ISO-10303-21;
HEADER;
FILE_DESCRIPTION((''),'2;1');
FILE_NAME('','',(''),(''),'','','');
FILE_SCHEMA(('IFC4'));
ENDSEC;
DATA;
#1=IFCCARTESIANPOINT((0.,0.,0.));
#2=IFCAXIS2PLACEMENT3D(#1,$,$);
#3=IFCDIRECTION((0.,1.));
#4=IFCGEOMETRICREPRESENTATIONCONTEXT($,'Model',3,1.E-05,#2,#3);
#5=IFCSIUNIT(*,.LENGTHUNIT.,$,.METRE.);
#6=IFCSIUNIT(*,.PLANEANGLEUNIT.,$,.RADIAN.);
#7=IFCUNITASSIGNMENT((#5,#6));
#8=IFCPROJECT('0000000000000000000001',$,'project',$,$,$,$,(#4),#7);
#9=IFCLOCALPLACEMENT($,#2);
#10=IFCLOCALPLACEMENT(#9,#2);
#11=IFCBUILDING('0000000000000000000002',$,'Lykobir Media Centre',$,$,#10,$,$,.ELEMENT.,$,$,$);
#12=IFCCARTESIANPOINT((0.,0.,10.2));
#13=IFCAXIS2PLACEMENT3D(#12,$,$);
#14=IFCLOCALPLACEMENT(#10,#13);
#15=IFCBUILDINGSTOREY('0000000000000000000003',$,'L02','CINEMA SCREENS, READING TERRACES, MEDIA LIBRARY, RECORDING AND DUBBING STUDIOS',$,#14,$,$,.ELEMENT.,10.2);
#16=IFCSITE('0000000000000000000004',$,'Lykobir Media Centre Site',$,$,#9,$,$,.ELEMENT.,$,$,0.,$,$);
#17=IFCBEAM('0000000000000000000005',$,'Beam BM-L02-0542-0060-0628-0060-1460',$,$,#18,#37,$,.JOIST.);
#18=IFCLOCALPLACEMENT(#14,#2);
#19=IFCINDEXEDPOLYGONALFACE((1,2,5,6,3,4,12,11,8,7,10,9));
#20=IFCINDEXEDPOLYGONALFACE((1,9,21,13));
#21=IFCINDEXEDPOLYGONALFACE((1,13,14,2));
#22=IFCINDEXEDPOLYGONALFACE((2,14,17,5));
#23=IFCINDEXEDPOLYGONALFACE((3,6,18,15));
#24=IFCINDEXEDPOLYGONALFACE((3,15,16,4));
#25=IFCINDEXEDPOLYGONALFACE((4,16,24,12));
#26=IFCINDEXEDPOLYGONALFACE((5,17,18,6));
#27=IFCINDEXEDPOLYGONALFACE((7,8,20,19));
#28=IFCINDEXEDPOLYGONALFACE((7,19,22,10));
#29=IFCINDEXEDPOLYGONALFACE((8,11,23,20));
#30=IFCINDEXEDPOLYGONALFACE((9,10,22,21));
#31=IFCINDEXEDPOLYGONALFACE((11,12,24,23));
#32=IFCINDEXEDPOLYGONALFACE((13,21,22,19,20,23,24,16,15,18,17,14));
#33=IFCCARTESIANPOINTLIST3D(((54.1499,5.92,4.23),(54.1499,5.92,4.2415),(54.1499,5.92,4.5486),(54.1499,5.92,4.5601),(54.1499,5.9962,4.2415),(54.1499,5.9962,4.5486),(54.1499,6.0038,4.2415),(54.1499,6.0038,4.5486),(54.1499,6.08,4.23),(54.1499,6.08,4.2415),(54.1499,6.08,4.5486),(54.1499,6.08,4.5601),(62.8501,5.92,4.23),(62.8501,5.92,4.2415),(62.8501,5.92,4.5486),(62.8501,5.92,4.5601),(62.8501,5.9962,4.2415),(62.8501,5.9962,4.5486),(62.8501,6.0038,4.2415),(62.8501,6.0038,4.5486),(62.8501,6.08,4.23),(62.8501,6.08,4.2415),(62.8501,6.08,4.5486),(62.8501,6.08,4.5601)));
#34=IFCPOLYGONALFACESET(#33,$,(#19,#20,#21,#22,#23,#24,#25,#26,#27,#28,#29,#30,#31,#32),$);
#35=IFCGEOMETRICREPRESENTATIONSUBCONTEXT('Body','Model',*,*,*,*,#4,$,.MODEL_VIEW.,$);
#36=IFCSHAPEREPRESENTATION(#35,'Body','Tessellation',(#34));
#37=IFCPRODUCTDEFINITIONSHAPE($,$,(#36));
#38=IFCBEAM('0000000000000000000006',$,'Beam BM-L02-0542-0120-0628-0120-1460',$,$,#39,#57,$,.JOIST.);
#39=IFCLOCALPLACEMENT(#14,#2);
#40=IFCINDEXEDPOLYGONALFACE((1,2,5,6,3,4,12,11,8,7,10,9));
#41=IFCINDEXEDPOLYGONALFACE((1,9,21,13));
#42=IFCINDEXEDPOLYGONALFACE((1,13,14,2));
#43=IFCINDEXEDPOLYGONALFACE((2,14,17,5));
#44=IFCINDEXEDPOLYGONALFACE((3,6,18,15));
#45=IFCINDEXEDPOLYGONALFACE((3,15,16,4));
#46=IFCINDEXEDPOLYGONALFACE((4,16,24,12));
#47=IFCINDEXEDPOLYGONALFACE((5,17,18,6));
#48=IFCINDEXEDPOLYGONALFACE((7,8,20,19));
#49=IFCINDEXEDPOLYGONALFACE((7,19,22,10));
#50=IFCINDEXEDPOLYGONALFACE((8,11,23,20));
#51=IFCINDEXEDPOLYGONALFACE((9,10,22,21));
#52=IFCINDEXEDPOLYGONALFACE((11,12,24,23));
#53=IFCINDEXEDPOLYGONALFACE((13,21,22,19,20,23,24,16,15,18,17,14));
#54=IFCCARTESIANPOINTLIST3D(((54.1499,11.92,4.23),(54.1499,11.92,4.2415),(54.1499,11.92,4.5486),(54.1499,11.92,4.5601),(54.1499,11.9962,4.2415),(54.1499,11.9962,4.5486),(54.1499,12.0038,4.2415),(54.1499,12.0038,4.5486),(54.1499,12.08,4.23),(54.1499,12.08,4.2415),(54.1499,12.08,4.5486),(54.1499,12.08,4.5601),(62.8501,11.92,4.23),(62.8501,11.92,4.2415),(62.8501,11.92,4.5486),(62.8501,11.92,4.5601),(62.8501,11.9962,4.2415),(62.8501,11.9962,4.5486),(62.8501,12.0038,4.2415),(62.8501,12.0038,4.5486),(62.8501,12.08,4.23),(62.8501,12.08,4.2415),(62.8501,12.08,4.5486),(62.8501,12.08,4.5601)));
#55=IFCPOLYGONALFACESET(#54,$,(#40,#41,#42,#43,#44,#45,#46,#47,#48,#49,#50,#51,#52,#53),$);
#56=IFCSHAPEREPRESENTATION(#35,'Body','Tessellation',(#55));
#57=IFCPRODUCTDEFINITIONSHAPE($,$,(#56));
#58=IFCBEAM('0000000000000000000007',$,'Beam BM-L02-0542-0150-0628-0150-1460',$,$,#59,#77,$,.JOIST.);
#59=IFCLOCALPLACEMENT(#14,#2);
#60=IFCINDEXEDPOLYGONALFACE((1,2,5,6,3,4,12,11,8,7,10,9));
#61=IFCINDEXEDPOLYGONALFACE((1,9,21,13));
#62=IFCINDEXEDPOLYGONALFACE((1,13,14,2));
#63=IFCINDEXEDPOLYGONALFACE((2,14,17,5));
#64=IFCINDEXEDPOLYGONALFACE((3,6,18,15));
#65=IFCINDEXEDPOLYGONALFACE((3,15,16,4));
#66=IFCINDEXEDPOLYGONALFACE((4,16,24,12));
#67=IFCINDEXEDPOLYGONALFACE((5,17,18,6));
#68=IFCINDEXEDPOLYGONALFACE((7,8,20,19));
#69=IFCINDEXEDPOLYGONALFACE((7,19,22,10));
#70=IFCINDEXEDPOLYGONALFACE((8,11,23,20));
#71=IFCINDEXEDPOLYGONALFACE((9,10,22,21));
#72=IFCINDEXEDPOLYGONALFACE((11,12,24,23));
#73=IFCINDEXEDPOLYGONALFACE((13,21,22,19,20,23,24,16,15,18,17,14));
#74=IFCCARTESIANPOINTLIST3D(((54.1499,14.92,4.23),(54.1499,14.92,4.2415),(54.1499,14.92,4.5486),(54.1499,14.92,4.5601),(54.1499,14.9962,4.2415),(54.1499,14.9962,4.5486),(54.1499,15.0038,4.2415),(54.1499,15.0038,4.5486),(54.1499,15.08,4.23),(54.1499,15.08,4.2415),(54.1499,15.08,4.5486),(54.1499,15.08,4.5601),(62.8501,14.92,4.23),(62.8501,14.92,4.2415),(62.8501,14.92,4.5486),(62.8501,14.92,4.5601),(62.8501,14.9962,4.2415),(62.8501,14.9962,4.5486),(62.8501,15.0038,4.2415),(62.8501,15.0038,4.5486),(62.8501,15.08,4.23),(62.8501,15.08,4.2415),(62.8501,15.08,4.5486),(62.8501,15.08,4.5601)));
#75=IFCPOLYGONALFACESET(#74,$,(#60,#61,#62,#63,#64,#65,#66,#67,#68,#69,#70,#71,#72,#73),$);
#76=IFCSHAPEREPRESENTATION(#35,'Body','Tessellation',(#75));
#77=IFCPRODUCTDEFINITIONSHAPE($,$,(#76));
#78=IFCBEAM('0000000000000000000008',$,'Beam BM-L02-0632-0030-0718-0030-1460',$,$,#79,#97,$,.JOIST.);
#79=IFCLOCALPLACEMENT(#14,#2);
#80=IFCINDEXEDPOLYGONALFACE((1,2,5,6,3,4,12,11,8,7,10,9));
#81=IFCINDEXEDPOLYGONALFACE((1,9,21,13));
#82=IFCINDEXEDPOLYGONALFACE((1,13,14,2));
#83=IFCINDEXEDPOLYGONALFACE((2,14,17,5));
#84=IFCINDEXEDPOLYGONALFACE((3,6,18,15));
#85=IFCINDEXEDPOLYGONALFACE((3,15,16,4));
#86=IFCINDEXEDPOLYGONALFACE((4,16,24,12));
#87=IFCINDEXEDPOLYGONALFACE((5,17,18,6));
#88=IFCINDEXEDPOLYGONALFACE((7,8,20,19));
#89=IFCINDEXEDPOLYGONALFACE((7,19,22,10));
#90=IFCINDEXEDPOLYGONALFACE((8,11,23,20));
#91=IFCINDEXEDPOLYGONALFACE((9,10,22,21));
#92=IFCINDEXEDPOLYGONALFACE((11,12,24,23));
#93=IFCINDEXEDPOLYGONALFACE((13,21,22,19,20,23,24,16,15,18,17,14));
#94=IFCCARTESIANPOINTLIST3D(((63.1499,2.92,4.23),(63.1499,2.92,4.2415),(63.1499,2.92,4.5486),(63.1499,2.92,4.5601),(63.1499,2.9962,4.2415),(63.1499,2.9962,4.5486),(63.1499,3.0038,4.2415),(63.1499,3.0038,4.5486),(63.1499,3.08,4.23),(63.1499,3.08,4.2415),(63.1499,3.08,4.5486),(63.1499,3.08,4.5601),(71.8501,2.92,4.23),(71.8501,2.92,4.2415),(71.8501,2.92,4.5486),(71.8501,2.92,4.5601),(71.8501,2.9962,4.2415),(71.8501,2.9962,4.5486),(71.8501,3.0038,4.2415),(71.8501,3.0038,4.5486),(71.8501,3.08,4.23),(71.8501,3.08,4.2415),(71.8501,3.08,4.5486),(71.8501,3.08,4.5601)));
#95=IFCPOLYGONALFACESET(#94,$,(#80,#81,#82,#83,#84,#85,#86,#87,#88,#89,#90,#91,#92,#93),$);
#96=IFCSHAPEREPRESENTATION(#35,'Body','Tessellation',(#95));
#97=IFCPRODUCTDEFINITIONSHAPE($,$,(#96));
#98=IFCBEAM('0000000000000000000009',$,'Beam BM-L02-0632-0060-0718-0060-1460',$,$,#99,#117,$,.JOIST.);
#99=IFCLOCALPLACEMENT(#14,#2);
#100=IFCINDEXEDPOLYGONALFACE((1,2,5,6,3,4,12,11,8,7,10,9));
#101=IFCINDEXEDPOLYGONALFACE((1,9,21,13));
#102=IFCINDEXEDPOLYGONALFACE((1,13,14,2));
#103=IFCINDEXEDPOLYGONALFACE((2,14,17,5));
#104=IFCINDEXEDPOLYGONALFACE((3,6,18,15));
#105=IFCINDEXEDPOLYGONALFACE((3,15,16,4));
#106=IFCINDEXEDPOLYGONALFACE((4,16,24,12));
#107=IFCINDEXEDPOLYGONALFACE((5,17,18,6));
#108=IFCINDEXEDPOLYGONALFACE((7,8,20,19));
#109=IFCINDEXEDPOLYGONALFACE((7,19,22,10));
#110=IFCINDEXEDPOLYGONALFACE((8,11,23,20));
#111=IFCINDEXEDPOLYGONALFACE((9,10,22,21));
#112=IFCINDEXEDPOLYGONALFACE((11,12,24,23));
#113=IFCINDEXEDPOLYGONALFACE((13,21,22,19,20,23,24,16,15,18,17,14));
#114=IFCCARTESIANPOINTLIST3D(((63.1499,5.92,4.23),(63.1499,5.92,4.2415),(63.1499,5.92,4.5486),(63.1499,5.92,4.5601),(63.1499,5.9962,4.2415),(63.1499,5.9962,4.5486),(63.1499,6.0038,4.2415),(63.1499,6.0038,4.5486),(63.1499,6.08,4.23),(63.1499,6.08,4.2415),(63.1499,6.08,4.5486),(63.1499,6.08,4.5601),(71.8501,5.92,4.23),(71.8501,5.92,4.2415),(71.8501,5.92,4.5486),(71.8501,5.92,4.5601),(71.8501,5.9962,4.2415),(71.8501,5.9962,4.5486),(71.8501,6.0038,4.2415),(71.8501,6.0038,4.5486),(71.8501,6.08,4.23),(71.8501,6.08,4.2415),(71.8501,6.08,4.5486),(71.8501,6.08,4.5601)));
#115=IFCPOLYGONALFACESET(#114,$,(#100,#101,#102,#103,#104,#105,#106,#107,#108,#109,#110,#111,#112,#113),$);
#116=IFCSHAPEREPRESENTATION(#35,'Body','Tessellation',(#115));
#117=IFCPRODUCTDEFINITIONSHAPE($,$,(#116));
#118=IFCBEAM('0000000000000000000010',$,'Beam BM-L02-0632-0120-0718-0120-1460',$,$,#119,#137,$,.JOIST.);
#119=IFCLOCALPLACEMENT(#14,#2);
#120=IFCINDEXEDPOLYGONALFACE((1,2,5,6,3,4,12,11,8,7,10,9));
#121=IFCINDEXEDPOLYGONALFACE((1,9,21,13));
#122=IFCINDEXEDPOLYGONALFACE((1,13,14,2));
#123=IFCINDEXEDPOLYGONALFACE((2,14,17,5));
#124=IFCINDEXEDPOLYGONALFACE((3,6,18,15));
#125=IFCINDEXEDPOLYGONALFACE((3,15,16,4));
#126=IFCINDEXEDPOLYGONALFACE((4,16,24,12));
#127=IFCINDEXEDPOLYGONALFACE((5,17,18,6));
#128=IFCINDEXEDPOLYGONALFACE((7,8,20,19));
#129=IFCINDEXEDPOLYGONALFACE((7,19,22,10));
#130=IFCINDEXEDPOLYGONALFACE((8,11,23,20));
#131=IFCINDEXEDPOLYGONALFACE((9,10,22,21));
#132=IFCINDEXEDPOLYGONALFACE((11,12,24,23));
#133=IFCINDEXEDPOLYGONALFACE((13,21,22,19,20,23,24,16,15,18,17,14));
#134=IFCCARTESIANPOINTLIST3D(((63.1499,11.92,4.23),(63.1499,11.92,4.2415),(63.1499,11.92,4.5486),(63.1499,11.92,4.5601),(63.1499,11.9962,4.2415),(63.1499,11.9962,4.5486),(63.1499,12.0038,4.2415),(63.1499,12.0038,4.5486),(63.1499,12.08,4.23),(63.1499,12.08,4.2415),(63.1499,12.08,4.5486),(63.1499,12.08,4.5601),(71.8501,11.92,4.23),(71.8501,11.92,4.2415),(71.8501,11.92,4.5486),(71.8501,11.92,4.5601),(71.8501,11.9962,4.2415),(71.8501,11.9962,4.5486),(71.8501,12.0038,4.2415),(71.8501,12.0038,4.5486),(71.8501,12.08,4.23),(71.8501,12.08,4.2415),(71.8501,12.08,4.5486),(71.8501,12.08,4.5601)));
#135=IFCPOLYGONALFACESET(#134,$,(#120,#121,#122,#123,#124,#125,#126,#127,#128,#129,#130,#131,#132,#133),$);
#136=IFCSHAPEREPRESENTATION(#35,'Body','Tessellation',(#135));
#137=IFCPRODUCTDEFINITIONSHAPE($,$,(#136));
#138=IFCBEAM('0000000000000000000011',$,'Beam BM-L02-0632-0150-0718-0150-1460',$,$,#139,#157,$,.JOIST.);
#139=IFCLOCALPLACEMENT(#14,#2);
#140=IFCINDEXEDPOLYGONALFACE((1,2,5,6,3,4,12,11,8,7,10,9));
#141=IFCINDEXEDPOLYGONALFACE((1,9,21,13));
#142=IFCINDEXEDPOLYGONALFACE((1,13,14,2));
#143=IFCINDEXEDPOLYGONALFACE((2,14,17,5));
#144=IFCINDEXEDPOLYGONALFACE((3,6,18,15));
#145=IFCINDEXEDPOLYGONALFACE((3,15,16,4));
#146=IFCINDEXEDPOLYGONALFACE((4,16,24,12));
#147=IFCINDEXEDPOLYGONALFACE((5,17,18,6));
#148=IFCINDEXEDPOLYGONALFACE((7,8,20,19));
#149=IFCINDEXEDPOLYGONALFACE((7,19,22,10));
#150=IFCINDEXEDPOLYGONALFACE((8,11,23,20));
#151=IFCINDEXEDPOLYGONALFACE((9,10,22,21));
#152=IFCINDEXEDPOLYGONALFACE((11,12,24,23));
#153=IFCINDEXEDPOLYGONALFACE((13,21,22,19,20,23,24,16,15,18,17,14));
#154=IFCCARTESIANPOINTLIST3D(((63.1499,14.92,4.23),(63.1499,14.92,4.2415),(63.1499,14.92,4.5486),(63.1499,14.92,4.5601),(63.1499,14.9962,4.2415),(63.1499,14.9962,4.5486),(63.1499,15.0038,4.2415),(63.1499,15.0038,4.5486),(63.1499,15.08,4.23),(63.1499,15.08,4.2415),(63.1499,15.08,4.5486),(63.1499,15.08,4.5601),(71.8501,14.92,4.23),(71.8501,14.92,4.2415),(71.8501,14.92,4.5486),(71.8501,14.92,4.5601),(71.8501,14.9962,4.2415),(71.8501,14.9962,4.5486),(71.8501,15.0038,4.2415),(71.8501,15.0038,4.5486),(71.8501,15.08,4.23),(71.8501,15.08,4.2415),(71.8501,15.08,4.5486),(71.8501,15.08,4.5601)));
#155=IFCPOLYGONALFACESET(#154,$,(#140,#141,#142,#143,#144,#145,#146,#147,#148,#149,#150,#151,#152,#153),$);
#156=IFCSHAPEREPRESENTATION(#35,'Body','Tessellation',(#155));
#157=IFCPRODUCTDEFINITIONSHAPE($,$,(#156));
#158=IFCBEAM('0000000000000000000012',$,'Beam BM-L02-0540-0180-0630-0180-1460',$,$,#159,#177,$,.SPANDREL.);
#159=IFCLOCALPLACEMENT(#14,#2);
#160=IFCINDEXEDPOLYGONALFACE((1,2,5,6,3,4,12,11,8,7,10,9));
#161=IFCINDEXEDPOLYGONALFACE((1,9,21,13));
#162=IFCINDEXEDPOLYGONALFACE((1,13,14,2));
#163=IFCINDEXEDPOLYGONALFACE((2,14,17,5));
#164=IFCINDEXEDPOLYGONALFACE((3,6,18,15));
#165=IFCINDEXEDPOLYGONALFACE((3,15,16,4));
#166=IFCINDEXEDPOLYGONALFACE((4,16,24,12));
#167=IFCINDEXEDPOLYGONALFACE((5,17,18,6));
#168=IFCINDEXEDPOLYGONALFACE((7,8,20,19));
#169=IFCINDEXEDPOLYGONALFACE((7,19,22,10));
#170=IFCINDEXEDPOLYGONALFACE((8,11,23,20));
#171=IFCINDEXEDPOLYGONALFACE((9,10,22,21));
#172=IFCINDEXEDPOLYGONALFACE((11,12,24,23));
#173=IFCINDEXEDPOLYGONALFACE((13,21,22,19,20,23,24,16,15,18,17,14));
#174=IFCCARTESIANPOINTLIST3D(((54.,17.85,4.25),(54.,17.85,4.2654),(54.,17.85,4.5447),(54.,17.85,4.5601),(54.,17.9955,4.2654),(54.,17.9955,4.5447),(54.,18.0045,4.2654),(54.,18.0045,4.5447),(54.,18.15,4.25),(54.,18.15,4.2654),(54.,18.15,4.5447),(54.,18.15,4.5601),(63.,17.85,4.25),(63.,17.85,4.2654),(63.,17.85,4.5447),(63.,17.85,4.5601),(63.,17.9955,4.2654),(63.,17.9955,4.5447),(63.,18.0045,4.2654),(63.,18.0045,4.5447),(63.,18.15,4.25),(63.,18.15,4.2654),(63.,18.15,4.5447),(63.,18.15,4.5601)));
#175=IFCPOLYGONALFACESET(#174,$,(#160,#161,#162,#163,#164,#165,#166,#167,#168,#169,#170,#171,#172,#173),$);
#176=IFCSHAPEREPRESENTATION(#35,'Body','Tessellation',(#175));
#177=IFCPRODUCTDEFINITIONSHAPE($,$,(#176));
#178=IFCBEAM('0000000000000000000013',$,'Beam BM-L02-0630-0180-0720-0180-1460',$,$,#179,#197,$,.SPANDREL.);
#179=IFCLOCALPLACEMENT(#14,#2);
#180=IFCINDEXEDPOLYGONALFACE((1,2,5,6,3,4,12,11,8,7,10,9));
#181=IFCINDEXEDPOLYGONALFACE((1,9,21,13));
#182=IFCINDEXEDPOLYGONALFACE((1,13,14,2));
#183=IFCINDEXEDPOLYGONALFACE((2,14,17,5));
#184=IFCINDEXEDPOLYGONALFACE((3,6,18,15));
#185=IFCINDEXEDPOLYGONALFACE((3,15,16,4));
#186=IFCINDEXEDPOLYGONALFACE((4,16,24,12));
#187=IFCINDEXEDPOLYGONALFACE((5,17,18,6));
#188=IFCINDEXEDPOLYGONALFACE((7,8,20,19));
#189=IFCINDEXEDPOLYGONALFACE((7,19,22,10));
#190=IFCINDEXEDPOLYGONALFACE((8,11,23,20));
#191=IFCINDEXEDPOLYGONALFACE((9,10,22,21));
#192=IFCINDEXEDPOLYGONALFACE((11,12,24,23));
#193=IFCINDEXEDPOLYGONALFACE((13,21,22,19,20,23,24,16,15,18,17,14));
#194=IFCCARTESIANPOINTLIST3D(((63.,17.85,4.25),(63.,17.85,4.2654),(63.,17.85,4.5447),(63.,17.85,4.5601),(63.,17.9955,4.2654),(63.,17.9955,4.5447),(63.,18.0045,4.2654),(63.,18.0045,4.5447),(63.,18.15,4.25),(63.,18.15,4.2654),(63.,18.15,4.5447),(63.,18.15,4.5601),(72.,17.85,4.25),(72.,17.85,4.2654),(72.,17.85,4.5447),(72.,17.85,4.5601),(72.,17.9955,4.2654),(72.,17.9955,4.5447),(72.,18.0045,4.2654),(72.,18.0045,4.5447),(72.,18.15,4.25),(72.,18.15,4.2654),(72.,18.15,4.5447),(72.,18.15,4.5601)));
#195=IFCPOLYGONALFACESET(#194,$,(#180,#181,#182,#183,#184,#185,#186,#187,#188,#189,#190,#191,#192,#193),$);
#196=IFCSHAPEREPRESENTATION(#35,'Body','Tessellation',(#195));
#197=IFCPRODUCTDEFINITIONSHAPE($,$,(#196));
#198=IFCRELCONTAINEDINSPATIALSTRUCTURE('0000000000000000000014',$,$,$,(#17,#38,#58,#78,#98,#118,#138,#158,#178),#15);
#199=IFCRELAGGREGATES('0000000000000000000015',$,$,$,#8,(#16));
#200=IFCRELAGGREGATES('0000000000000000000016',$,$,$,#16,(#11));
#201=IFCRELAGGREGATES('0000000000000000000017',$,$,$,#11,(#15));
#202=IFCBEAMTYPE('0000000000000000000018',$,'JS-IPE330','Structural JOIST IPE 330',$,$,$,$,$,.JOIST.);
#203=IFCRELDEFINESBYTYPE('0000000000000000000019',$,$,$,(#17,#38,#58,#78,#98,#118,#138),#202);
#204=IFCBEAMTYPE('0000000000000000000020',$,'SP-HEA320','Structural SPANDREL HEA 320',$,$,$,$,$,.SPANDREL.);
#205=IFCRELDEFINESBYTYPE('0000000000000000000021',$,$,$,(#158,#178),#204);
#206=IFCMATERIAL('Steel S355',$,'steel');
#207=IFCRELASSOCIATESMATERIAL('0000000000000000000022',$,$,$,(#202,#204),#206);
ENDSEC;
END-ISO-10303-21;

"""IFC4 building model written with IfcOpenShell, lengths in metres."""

from ifc_helpers import new_model, si_unit, direction, frame, origin, origin_2d, place, context, subcontext, project, spatial, i_section, extrude, material, material_profile, profile_set, type_object, element, save


model = new_model("IFC4")

# Units and contexts
model_context = context("Model", 3, precision=1e-05, world=origin(), true_north=direction((0.0, 1.0)))
body_context = subcontext(model_context, "Body", "Model", "MODEL_VIEW")
ifc_project = project(units=[si_unit("LENGTHUNIT", "METRE"), si_unit("PLANEANGLEUNIT", "RADIAN")], contexts=[model_context])

# Site, building, storey
site_placement = place(None, origin())
site = spatial("IfcSite", under=ifc_project, at=site_placement, Name="Lykobir Media Centre Site", CompositionType="ELEMENT", RefElevation=0.0)
building_placement = place(site_placement, origin())
building = spatial("IfcBuilding", under=site, at=building_placement, Name="Lykobir Media Centre", CompositionType="ELEMENT")
storey_placement = place(building_placement, frame((0.0, 0.0, 10.2)))
storey = spatial("IfcBuildingStorey", under=building, at=storey_placement, Name="L02", Description="CINEMA SCREENS, READING TERRACES, MEDIA LIBRARY, RECORDING AND DUBBING STUDIOS", CompositionType="ELEMENT", Elevation=10.2)

# Shared definitions
ifc_material_1 = material(Name="Steel S355", Category="steel")

# Beams
ifc_material_profile_1 = material_profile(ifc_material_1, i_section(OverallWidth=0.1599, OverallDepth=0.3301, WebThickness=0.0076, FlangeThickness=0.0115, at=origin_2d()), Name="IPE 330")
ifc_profile_set_1 = profile_set([ifc_material_profile_1], Name="Steel S355")
beam_type_1 = type_object("IfcBeamType", Name="JS-IPE330", Description="Structural JOIST IPE 330", PredefinedType="JOIST", material=ifc_profile_set_1)
for number, where, z_axis, x_axis, name in (
    (1, (54.1499, 6.0, 4.395), (1.0, 0.0, 0.0), (0.0, 1.0, 0.0), "Beam BM-L02-0542-0060-0628-0060-1460"),
    (2, (54.1499, 12.0, 4.395), (1.0, 0.0, 0.0), (0.0, 1.0, 0.0), "Beam BM-L02-0542-0120-0628-0120-1460"),
    (3, (54.1499, 15.0, 4.395), (1.0, 0.0, 0.0), (0.0, 1.0, 0.0), "Beam BM-L02-0542-0150-0628-0150-1460"),
    (4, (63.1499, 3.0, 4.395), (1.0, 0.0, 0.0), (0.0, 1.0, 0.0), "Beam BM-L02-0632-0030-0718-0030-1460"),
    (5, (63.1499, 6.0, 4.395), (1.0, 0.0, 0.0), (0.0, 1.0, 0.0), "Beam BM-L02-0632-0060-0718-0060-1460"),
    (6, (63.1499, 12.0, 4.395), (1.0, 0.0, 0.0), (0.0, 1.0, 0.0), "Beam BM-L02-0632-0120-0718-0120-1460"),
    (7, (63.1499, 15.0, 4.395), (1.0, 0.0, 0.0), (0.0, 1.0, 0.0), "Beam BM-L02-0632-0150-0718-0150-1460"),
):
    element("IfcBeam", number, at=place(storey_placement, frame(where, z_axis=z_axis, x_axis=x_axis)), inside=storey, type_object=beam_type_1, Name=name, PredefinedType="JOIST", context=body_context, shape_type="SweptSolid", body=[
        extrude(i_section(OverallWidth=0.1599, OverallDepth=0.3301, WebThickness=0.0076, FlangeThickness=0.0115, at=origin_2d()), origin(), (0.0, 0.0, 1.0), 8.7002),
    ])
ifc_material_profile_2 = material_profile(ifc_material_1, i_section(OverallWidth=0.3, OverallDepth=0.3101, WebThickness=0.009, FlangeThickness=0.0154, at=origin_2d()), Name="HEA 320")
ifc_profile_set_2 = profile_set([ifc_material_profile_2], Name="Steel S355")
beam_type_2 = type_object("IfcBeamType", Name="SP-HEA320", Description="Structural SPANDREL HEA 320", PredefinedType="SPANDREL", material=ifc_profile_set_2)
for number, where, z_axis, x_axis, name in (
    (8, (54.0, 18.0, 4.405), (1.0, 0.0, 0.0), (0.0, 1.0, 0.0), "Beam BM-L02-0540-0180-0630-0180-1460"),
    (9, (63.0, 18.0, 4.405), (1.0, 0.0, 0.0), (0.0, 1.0, 0.0), "Beam BM-L02-0630-0180-0720-0180-1460"),
):
    element("IfcBeam", number, at=place(storey_placement, frame(where, z_axis=z_axis, x_axis=x_axis)), inside=storey, type_object=beam_type_2, Name=name, PredefinedType="SPANDREL", context=body_context, shape_type="SweptSolid", body=[
        extrude(i_section(OverallWidth=0.3, OverallDepth=0.3101, WebThickness=0.009, FlangeThickness=0.0154, at=origin_2d()), origin(), (0.0, 0.0, 1.0), 9.0),
    ])

save(model, "model.ifc")
